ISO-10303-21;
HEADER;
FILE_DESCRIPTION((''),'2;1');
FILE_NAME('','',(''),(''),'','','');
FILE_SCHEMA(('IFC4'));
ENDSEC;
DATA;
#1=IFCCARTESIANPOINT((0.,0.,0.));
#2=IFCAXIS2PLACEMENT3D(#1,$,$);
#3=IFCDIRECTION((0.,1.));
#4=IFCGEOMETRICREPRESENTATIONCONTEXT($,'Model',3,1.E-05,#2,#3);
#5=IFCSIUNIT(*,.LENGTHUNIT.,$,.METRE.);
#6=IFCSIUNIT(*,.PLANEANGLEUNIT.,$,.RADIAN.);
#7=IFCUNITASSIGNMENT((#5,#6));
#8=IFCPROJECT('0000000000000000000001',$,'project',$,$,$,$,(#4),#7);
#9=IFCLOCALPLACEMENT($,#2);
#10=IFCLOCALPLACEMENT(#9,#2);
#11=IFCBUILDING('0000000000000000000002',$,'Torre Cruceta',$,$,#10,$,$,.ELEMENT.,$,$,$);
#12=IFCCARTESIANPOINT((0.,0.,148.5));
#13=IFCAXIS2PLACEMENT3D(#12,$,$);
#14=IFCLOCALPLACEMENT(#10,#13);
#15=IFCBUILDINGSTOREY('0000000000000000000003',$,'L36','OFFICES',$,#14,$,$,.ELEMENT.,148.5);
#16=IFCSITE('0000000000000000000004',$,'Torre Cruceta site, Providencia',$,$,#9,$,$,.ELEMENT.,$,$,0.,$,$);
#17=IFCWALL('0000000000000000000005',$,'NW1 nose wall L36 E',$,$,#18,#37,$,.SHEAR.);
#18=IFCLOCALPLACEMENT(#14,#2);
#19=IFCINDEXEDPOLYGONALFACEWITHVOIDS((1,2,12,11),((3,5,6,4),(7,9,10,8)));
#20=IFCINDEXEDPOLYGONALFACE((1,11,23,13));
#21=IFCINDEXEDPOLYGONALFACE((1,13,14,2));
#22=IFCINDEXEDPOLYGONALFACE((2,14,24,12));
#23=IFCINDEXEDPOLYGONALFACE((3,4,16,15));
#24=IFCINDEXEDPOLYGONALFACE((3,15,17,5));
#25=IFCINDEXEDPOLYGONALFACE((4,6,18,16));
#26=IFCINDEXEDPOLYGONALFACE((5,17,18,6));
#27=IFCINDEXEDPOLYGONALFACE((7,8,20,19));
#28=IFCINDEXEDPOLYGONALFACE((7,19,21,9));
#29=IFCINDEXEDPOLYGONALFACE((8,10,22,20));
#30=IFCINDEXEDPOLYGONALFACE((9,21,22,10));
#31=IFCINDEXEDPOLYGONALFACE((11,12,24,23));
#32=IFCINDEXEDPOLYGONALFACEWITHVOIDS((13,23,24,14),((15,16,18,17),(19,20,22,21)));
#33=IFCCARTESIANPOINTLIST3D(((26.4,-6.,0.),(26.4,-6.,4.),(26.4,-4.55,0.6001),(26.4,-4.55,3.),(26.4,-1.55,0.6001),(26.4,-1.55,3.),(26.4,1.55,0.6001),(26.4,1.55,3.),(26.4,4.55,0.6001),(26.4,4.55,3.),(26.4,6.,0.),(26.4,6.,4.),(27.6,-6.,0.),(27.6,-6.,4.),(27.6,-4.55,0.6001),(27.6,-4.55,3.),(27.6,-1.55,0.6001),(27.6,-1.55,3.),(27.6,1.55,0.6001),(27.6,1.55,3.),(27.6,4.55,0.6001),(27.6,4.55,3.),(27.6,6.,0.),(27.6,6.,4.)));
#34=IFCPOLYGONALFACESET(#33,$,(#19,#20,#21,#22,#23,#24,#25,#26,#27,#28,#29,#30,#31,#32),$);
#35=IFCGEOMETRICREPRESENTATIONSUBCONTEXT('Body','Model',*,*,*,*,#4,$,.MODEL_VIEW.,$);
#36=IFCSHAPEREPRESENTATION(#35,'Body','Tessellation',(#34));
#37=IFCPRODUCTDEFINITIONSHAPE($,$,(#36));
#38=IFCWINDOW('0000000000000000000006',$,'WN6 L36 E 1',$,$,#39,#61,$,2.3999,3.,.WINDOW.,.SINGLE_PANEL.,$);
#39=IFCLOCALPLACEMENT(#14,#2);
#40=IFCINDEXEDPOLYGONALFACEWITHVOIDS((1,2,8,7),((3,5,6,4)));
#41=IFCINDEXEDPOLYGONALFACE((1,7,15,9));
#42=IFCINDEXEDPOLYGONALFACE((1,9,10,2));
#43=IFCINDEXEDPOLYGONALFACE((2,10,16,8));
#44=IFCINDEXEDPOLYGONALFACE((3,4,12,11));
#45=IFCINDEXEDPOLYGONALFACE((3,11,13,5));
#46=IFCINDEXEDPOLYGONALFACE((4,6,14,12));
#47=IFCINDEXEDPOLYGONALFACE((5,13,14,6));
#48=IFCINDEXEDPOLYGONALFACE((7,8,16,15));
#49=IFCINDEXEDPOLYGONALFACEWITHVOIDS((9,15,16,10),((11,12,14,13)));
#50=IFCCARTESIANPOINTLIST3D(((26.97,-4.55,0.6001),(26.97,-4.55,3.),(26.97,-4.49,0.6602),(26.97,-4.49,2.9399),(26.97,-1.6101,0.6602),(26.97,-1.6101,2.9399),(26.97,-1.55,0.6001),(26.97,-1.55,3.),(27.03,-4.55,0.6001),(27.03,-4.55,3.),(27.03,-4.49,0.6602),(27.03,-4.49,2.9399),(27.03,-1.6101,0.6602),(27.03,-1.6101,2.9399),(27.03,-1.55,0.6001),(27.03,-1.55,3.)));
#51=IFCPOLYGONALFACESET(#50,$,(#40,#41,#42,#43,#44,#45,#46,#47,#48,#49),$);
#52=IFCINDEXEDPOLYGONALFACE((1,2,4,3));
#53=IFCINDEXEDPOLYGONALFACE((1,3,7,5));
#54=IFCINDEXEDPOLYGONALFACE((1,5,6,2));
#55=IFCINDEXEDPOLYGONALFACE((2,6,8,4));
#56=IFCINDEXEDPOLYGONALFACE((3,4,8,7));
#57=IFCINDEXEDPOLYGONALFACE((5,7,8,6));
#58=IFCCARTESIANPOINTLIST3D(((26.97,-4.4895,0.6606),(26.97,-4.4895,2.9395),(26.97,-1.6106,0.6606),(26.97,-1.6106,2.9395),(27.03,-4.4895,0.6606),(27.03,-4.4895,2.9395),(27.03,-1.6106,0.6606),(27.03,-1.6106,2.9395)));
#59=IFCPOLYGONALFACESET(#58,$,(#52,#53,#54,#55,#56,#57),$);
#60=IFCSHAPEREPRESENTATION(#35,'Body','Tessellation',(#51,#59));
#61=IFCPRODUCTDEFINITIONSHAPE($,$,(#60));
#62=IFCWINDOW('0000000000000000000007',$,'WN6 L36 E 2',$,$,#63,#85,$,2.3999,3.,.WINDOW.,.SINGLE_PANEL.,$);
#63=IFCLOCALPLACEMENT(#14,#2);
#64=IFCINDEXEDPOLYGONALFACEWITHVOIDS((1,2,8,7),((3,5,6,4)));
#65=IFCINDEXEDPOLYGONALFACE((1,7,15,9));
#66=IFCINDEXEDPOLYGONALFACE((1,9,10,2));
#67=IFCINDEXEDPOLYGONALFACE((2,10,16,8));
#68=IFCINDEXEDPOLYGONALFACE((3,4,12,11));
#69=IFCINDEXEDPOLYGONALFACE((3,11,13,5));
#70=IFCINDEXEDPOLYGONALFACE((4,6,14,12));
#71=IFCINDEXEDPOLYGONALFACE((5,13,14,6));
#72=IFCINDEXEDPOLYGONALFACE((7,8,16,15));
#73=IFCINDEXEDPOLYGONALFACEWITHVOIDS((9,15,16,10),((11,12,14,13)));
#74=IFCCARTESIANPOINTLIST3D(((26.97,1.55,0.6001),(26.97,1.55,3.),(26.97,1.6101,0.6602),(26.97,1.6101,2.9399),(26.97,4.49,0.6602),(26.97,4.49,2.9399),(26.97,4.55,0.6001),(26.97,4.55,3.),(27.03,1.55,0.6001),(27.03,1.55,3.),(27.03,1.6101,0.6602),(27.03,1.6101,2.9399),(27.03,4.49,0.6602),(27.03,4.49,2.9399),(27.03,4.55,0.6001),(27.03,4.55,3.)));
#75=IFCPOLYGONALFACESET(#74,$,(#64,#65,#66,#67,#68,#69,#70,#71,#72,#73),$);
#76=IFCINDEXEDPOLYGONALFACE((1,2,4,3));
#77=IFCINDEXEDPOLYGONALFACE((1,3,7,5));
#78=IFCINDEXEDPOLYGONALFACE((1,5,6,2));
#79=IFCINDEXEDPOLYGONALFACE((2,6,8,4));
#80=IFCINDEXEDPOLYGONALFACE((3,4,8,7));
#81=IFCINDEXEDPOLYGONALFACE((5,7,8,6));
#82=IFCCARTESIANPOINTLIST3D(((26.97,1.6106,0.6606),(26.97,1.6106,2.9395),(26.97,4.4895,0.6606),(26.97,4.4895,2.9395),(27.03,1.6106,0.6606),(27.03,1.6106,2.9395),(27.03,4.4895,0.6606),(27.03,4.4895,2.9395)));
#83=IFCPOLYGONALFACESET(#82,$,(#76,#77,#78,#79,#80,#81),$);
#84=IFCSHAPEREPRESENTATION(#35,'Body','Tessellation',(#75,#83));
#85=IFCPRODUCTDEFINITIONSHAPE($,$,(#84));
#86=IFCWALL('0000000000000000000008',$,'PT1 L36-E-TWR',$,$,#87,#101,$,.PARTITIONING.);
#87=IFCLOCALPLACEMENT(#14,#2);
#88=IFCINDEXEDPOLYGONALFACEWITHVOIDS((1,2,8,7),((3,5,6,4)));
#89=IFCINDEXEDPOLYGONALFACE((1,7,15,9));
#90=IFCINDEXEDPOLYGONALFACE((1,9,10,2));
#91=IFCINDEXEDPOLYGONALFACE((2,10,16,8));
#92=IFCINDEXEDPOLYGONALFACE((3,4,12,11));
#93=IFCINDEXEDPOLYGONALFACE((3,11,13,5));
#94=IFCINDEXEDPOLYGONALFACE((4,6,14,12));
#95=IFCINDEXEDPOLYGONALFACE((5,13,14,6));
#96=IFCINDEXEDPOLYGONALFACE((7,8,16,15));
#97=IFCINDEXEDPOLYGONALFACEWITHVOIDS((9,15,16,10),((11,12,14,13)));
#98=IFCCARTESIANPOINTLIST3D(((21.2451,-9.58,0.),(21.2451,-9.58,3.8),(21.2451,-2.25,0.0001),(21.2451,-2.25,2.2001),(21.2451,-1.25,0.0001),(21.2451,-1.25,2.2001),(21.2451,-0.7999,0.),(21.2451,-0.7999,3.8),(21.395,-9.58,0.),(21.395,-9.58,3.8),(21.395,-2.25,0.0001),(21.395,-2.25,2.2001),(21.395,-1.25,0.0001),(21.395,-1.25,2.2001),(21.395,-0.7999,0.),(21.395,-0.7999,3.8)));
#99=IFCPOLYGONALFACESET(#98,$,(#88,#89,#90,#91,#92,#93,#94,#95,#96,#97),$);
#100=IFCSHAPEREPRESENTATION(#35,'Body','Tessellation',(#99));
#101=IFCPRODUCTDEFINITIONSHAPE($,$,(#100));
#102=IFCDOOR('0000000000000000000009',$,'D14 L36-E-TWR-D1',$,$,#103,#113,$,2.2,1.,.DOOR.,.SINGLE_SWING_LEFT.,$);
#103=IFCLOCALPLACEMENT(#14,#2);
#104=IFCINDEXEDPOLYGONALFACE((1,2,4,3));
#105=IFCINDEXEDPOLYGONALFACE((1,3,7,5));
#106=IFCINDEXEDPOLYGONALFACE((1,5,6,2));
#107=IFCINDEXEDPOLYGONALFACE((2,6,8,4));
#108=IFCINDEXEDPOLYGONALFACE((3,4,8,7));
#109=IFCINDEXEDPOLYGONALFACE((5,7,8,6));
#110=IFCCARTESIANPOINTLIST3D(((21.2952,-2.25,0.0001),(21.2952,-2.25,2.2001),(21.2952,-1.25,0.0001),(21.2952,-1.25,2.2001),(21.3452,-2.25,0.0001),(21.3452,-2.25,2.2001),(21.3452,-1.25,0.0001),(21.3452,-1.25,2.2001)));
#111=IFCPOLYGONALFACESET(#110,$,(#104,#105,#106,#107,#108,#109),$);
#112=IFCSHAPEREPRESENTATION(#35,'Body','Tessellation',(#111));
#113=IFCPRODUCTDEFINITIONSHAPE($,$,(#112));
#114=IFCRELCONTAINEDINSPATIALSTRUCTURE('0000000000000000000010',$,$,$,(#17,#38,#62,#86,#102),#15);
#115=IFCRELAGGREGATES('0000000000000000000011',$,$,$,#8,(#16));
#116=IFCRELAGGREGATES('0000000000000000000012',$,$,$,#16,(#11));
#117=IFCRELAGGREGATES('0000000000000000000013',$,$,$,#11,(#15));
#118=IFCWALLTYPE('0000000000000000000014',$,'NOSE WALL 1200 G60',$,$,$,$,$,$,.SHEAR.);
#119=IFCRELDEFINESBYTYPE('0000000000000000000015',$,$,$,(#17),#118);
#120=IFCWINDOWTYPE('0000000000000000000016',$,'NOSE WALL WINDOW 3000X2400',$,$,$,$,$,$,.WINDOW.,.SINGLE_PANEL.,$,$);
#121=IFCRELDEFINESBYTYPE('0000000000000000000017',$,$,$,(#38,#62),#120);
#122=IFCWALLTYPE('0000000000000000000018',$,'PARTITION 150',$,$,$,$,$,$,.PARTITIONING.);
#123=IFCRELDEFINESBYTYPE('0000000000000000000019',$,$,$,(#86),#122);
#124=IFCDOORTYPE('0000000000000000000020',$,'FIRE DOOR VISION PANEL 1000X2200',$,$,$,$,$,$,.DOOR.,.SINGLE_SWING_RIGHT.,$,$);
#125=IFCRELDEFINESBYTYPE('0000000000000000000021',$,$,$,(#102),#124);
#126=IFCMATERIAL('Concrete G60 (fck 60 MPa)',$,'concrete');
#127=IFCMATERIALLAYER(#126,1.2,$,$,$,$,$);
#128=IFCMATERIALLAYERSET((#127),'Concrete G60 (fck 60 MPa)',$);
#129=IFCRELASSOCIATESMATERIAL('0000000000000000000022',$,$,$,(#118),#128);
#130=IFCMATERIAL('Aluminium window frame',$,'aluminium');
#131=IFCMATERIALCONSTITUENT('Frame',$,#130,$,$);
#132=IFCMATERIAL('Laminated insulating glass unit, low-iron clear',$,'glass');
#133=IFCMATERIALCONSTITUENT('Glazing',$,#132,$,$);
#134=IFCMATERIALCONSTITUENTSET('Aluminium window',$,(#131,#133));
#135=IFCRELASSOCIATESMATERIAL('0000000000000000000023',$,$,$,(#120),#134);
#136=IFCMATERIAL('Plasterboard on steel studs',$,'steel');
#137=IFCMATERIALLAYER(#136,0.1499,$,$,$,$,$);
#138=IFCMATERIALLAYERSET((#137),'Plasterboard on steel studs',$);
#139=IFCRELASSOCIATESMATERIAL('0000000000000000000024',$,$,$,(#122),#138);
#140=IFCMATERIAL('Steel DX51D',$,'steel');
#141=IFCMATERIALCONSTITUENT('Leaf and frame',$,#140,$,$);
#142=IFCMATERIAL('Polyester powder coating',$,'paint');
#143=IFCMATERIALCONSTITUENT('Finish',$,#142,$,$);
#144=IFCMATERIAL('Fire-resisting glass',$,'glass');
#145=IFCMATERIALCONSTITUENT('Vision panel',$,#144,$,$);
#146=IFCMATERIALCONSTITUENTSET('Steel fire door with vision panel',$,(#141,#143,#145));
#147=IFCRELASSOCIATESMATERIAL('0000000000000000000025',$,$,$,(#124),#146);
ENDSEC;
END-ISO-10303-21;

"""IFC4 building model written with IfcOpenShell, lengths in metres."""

from ifc_helpers import new_model, si_unit, direction, frame, frame_2d, origin, place, context, subcontext, project, spatial, rectangle, hollow_rectangle, extrude, material, layer, layer_set, constituent, constituent_set, type_object, element, fill, save


model = new_model("IFC4")

# Units and contexts
model_context = context("Model", 3, precision=1e-05, world=origin(), true_north=direction((0.0, 1.0)))
body_context = subcontext(model_context, "Body", "Model", "MODEL_VIEW")
ifc_project = project(units=[si_unit("LENGTHUNIT", "METRE"), si_unit("PLANEANGLEUNIT", "RADIAN")], contexts=[model_context])

# Site, building, storey
site_placement = place(None, origin())
site = spatial("IfcSite", under=ifc_project, at=site_placement, Name="Torre Cruceta site, Providencia", CompositionType="ELEMENT", RefElevation=0.0)
building_placement = place(site_placement, origin())
building = spatial("IfcBuilding", under=site, at=building_placement, Name="Torre Cruceta", CompositionType="ELEMENT")
storey_placement = place(building_placement, frame((0.0, 0.0, 148.5)))
storey = spatial("IfcBuildingStorey", under=building, at=storey_placement, Name="L36", Description="OFFICES", CompositionType="ELEMENT", Elevation=148.5)

# Wall, openings, windows
ifc_material_1 = material(Name="Concrete G60 (fck 60 MPa)", Category="concrete")
ifc_layer_1 = layer(ifc_material_1, 1.2)
ifc_layer_set_1 = layer_set([ifc_layer_1], Name="Concrete G60 (fck 60 MPa)")
wall_type_1 = type_object("IfcWallType", Name="NOSE WALL 1200 G60", PredefinedType="SHEAR", material=ifc_layer_set_1)
wall_1_placement = place(storey_placement, frame((27.0, -6.0, 0.0), z_axis=(0.0, 0.0, 1.0), x_axis=(0.0, 1.0, 0.0)))
wall_1 = element("IfcWall", 1, at=wall_1_placement, inside=storey, type_object=wall_type_1, Name="NW1 nose wall L36 E", PredefinedType="SHEAR", context=body_context, shape_type="SweptSolid", body=[
    extrude(rectangle(XDim=12.0, YDim=1.2, at=frame_2d((6.0, 0.0))), origin(), (0.0, 0.0, 1.0), 4.0),
])
opening_1_placement = place(wall_1_placement, frame((1.45, 0.0, 0.6001)))
opening_1 = element("IfcOpeningElement", 2, at=opening_1_placement, cuts=wall_1, PredefinedType="OPENING", context=body_context, shape_type="SweptSolid", body=[
    extrude(rectangle(XDim=3.0, YDim=2.3999, at=frame_2d((1.5, 1.2))), frame((0.0, 0.6099, 0.0), z_axis=(0.0, -1.0, 0.0), x_axis=(1.0, 0.0, 0.0)), (0.0, 0.0, 1.0), 1.22),
])
opening_2_placement = place(wall_1_placement, frame((7.55, 0.0, 0.6001)))
opening_2 = element("IfcOpeningElement", 3, at=opening_2_placement, cuts=wall_1, PredefinedType="OPENING", context=body_context, shape_type="SweptSolid", body=[
    extrude(rectangle(XDim=3.0, YDim=2.3999, at=frame_2d((1.5, 1.2))), frame((0.0, 0.6099, 0.0), z_axis=(0.0, -1.0, 0.0), x_axis=(1.0, 0.0, 0.0)), (0.0, 0.0, 1.0), 1.22),
])
ifc_material_2 = material(Name="Aluminium window frame", Category="aluminium")
ifc_constituent_1 = constituent(ifc_material_2, Name="Frame")
ifc_material_3 = material(Name="Laminated insulating glass unit, low-iron clear", Category="glass")
ifc_constituent_2 = constituent(ifc_material_3, Name="Glazing")
ifc_constituent_set_1 = constituent_set(constituents=[ifc_constituent_1, ifc_constituent_2], Name="Aluminium window")
window_type_1 = type_object("IfcWindowType", Name="NOSE WALL WINDOW 3000X2400", PartitioningType="SINGLE_PANEL", PredefinedType="WINDOW", material=ifc_constituent_set_1)
window_1_placement = place(opening_1_placement, origin())
window_1 = element("IfcWindow", 4, at=window_1_placement, inside=storey, type_object=window_type_1, Name="WN6 L36 E 1", OverallHeight=2.3999, OverallWidth=3.0, PartitioningType="SINGLE_PANEL", PredefinedType="WINDOW", context=body_context, shape_type="SweptSolid", body=[
    extrude(hollow_rectangle(XDim=3.0, YDim=2.3999, WallThickness=0.0601, at=frame_2d((1.5, 1.2))), frame((0.0, 0.03, 0.0), z_axis=(0.0, -1.0, 0.0), x_axis=(1.0, 0.0, 0.0)), (0.0, 0.0, 1.0), 0.0601),
    extrude(rectangle(XDim=2.8789, YDim=2.2788, at=frame_2d((1.5, 1.2))), frame((0.0, 0.03, 0.0), z_axis=(0.0, -1.0, 0.0), x_axis=(1.0, 0.0, 0.0)), (0.0, 0.0, 1.0), 0.0601),
])
fill(opening_1, window_1)
window_2_placement = place(opening_2_placement, origin())
window_2 = element("IfcWindow", 5, at=window_2_placement, inside=storey, type_object=window_type_1, Name="WN6 L36 E 2", OverallHeight=2.3999, OverallWidth=3.0, PartitioningType="SINGLE_PANEL", PredefinedType="WINDOW", context=body_context, shape_type="SweptSolid", body=[
    extrude(hollow_rectangle(XDim=3.0, YDim=2.3999, WallThickness=0.0601, at=frame_2d((1.5, 1.2))), frame((0.0, 0.03, 0.0), z_axis=(0.0, -1.0, 0.0), x_axis=(1.0, 0.0, 0.0)), (0.0, 0.0, 1.0), 0.0601),
    extrude(rectangle(XDim=2.8789, YDim=2.2788, at=frame_2d((1.5, 1.2))), frame((0.0, 0.03, 0.0), z_axis=(0.0, -1.0, 0.0), x_axis=(1.0, 0.0, 0.0)), (0.0, 0.0, 1.0), 0.0601),
])
fill(opening_2, window_2)

# Wall, opening, door
ifc_material_4 = material(Name="Plasterboard on steel studs", Category="steel")
ifc_layer_2 = layer(ifc_material_4, 0.1499)
ifc_layer_set_2 = layer_set([ifc_layer_2], Name="Plasterboard on steel studs")
wall_type_2 = type_object("IfcWallType", Name="PARTITION 150", PredefinedType="PARTITIONING", material=ifc_layer_set_2)
wall_2_placement = place(storey_placement, frame((21.3201, -9.5801, 0.0), z_axis=(0.0, 0.0, 1.0), x_axis=(0.0, 1.0, 0.0)))
wall_2 = element("IfcWall", 6, at=wall_2_placement, inside=storey, type_object=wall_type_2, Name="PT1 L36-E-TWR", PredefinedType="PARTITIONING", context=body_context, shape_type="SweptSolid", body=[
    extrude(rectangle(XDim=8.78, YDim=0.1499, at=frame_2d((4.3901, 0.0))), origin(), (0.0, 0.0, 1.0), 3.8),
])
opening_3_placement = place(wall_2_placement, frame((7.3301, 0.0, 0.0)))
opening_3 = element("IfcOpeningElement", 7, at=opening_3_placement, cuts=wall_2, PredefinedType="OPENING", context=body_context, shape_type="SweptSolid", body=[
    extrude(rectangle(XDim=1.0, YDim=2.2, at=frame_2d((0.5, 1.1001))), frame((0.0, 0.085, 0.0), z_axis=(0.0, -1.0, 0.0), x_axis=(1.0, 0.0, 0.0)), (0.0, 0.0, 1.0), 0.1699),
])
ifc_material_5 = material(Name="Steel DX51D", Category="steel")
ifc_constituent_3 = constituent(ifc_material_5, Name="Leaf and frame")
ifc_material_6 = material(Name="Polyester powder coating", Category="paint")
ifc_constituent_4 = constituent(ifc_material_6, Name="Finish")
ifc_material_7 = material(Name="Fire-resisting glass", Category="glass")
ifc_constituent_5 = constituent(ifc_material_7, Name="Vision panel")
ifc_constituent_set_2 = constituent_set(constituents=[ifc_constituent_3, ifc_constituent_4, ifc_constituent_5], Name="Steel fire door with vision panel")
door_type = type_object("IfcDoorType", Name="FIRE DOOR VISION PANEL 1000X2200", OperationType="SINGLE_SWING_RIGHT", PredefinedType="DOOR", material=ifc_constituent_set_2)
door_placement = place(opening_3_placement, frame((1.0, 0.0, 0.0), z_axis=(0.0, 0.0, 1.0), x_axis=(-1.0, 0.0, 0.0)))
door = element("IfcDoor", 8, at=door_placement, inside=storey, type_object=door_type, Name="D14 L36-E-TWR-D1", OperationType="SINGLE_SWING_LEFT", OverallHeight=2.2, OverallWidth=1.0, PredefinedType="DOOR", context=body_context, shape_type="SweptSolid", body=[
    extrude(rectangle(XDim=1.0, YDim=2.2, at=frame_2d((0.5, 1.1001))), frame((0.0, 0.0251, 0.0), z_axis=(0.0, -1.0, 0.0), x_axis=(1.0, 0.0, 0.0)), (0.0, 0.0, 1.0), 0.05),
])
fill(opening_3, door)

save(model, "model.ifc")
